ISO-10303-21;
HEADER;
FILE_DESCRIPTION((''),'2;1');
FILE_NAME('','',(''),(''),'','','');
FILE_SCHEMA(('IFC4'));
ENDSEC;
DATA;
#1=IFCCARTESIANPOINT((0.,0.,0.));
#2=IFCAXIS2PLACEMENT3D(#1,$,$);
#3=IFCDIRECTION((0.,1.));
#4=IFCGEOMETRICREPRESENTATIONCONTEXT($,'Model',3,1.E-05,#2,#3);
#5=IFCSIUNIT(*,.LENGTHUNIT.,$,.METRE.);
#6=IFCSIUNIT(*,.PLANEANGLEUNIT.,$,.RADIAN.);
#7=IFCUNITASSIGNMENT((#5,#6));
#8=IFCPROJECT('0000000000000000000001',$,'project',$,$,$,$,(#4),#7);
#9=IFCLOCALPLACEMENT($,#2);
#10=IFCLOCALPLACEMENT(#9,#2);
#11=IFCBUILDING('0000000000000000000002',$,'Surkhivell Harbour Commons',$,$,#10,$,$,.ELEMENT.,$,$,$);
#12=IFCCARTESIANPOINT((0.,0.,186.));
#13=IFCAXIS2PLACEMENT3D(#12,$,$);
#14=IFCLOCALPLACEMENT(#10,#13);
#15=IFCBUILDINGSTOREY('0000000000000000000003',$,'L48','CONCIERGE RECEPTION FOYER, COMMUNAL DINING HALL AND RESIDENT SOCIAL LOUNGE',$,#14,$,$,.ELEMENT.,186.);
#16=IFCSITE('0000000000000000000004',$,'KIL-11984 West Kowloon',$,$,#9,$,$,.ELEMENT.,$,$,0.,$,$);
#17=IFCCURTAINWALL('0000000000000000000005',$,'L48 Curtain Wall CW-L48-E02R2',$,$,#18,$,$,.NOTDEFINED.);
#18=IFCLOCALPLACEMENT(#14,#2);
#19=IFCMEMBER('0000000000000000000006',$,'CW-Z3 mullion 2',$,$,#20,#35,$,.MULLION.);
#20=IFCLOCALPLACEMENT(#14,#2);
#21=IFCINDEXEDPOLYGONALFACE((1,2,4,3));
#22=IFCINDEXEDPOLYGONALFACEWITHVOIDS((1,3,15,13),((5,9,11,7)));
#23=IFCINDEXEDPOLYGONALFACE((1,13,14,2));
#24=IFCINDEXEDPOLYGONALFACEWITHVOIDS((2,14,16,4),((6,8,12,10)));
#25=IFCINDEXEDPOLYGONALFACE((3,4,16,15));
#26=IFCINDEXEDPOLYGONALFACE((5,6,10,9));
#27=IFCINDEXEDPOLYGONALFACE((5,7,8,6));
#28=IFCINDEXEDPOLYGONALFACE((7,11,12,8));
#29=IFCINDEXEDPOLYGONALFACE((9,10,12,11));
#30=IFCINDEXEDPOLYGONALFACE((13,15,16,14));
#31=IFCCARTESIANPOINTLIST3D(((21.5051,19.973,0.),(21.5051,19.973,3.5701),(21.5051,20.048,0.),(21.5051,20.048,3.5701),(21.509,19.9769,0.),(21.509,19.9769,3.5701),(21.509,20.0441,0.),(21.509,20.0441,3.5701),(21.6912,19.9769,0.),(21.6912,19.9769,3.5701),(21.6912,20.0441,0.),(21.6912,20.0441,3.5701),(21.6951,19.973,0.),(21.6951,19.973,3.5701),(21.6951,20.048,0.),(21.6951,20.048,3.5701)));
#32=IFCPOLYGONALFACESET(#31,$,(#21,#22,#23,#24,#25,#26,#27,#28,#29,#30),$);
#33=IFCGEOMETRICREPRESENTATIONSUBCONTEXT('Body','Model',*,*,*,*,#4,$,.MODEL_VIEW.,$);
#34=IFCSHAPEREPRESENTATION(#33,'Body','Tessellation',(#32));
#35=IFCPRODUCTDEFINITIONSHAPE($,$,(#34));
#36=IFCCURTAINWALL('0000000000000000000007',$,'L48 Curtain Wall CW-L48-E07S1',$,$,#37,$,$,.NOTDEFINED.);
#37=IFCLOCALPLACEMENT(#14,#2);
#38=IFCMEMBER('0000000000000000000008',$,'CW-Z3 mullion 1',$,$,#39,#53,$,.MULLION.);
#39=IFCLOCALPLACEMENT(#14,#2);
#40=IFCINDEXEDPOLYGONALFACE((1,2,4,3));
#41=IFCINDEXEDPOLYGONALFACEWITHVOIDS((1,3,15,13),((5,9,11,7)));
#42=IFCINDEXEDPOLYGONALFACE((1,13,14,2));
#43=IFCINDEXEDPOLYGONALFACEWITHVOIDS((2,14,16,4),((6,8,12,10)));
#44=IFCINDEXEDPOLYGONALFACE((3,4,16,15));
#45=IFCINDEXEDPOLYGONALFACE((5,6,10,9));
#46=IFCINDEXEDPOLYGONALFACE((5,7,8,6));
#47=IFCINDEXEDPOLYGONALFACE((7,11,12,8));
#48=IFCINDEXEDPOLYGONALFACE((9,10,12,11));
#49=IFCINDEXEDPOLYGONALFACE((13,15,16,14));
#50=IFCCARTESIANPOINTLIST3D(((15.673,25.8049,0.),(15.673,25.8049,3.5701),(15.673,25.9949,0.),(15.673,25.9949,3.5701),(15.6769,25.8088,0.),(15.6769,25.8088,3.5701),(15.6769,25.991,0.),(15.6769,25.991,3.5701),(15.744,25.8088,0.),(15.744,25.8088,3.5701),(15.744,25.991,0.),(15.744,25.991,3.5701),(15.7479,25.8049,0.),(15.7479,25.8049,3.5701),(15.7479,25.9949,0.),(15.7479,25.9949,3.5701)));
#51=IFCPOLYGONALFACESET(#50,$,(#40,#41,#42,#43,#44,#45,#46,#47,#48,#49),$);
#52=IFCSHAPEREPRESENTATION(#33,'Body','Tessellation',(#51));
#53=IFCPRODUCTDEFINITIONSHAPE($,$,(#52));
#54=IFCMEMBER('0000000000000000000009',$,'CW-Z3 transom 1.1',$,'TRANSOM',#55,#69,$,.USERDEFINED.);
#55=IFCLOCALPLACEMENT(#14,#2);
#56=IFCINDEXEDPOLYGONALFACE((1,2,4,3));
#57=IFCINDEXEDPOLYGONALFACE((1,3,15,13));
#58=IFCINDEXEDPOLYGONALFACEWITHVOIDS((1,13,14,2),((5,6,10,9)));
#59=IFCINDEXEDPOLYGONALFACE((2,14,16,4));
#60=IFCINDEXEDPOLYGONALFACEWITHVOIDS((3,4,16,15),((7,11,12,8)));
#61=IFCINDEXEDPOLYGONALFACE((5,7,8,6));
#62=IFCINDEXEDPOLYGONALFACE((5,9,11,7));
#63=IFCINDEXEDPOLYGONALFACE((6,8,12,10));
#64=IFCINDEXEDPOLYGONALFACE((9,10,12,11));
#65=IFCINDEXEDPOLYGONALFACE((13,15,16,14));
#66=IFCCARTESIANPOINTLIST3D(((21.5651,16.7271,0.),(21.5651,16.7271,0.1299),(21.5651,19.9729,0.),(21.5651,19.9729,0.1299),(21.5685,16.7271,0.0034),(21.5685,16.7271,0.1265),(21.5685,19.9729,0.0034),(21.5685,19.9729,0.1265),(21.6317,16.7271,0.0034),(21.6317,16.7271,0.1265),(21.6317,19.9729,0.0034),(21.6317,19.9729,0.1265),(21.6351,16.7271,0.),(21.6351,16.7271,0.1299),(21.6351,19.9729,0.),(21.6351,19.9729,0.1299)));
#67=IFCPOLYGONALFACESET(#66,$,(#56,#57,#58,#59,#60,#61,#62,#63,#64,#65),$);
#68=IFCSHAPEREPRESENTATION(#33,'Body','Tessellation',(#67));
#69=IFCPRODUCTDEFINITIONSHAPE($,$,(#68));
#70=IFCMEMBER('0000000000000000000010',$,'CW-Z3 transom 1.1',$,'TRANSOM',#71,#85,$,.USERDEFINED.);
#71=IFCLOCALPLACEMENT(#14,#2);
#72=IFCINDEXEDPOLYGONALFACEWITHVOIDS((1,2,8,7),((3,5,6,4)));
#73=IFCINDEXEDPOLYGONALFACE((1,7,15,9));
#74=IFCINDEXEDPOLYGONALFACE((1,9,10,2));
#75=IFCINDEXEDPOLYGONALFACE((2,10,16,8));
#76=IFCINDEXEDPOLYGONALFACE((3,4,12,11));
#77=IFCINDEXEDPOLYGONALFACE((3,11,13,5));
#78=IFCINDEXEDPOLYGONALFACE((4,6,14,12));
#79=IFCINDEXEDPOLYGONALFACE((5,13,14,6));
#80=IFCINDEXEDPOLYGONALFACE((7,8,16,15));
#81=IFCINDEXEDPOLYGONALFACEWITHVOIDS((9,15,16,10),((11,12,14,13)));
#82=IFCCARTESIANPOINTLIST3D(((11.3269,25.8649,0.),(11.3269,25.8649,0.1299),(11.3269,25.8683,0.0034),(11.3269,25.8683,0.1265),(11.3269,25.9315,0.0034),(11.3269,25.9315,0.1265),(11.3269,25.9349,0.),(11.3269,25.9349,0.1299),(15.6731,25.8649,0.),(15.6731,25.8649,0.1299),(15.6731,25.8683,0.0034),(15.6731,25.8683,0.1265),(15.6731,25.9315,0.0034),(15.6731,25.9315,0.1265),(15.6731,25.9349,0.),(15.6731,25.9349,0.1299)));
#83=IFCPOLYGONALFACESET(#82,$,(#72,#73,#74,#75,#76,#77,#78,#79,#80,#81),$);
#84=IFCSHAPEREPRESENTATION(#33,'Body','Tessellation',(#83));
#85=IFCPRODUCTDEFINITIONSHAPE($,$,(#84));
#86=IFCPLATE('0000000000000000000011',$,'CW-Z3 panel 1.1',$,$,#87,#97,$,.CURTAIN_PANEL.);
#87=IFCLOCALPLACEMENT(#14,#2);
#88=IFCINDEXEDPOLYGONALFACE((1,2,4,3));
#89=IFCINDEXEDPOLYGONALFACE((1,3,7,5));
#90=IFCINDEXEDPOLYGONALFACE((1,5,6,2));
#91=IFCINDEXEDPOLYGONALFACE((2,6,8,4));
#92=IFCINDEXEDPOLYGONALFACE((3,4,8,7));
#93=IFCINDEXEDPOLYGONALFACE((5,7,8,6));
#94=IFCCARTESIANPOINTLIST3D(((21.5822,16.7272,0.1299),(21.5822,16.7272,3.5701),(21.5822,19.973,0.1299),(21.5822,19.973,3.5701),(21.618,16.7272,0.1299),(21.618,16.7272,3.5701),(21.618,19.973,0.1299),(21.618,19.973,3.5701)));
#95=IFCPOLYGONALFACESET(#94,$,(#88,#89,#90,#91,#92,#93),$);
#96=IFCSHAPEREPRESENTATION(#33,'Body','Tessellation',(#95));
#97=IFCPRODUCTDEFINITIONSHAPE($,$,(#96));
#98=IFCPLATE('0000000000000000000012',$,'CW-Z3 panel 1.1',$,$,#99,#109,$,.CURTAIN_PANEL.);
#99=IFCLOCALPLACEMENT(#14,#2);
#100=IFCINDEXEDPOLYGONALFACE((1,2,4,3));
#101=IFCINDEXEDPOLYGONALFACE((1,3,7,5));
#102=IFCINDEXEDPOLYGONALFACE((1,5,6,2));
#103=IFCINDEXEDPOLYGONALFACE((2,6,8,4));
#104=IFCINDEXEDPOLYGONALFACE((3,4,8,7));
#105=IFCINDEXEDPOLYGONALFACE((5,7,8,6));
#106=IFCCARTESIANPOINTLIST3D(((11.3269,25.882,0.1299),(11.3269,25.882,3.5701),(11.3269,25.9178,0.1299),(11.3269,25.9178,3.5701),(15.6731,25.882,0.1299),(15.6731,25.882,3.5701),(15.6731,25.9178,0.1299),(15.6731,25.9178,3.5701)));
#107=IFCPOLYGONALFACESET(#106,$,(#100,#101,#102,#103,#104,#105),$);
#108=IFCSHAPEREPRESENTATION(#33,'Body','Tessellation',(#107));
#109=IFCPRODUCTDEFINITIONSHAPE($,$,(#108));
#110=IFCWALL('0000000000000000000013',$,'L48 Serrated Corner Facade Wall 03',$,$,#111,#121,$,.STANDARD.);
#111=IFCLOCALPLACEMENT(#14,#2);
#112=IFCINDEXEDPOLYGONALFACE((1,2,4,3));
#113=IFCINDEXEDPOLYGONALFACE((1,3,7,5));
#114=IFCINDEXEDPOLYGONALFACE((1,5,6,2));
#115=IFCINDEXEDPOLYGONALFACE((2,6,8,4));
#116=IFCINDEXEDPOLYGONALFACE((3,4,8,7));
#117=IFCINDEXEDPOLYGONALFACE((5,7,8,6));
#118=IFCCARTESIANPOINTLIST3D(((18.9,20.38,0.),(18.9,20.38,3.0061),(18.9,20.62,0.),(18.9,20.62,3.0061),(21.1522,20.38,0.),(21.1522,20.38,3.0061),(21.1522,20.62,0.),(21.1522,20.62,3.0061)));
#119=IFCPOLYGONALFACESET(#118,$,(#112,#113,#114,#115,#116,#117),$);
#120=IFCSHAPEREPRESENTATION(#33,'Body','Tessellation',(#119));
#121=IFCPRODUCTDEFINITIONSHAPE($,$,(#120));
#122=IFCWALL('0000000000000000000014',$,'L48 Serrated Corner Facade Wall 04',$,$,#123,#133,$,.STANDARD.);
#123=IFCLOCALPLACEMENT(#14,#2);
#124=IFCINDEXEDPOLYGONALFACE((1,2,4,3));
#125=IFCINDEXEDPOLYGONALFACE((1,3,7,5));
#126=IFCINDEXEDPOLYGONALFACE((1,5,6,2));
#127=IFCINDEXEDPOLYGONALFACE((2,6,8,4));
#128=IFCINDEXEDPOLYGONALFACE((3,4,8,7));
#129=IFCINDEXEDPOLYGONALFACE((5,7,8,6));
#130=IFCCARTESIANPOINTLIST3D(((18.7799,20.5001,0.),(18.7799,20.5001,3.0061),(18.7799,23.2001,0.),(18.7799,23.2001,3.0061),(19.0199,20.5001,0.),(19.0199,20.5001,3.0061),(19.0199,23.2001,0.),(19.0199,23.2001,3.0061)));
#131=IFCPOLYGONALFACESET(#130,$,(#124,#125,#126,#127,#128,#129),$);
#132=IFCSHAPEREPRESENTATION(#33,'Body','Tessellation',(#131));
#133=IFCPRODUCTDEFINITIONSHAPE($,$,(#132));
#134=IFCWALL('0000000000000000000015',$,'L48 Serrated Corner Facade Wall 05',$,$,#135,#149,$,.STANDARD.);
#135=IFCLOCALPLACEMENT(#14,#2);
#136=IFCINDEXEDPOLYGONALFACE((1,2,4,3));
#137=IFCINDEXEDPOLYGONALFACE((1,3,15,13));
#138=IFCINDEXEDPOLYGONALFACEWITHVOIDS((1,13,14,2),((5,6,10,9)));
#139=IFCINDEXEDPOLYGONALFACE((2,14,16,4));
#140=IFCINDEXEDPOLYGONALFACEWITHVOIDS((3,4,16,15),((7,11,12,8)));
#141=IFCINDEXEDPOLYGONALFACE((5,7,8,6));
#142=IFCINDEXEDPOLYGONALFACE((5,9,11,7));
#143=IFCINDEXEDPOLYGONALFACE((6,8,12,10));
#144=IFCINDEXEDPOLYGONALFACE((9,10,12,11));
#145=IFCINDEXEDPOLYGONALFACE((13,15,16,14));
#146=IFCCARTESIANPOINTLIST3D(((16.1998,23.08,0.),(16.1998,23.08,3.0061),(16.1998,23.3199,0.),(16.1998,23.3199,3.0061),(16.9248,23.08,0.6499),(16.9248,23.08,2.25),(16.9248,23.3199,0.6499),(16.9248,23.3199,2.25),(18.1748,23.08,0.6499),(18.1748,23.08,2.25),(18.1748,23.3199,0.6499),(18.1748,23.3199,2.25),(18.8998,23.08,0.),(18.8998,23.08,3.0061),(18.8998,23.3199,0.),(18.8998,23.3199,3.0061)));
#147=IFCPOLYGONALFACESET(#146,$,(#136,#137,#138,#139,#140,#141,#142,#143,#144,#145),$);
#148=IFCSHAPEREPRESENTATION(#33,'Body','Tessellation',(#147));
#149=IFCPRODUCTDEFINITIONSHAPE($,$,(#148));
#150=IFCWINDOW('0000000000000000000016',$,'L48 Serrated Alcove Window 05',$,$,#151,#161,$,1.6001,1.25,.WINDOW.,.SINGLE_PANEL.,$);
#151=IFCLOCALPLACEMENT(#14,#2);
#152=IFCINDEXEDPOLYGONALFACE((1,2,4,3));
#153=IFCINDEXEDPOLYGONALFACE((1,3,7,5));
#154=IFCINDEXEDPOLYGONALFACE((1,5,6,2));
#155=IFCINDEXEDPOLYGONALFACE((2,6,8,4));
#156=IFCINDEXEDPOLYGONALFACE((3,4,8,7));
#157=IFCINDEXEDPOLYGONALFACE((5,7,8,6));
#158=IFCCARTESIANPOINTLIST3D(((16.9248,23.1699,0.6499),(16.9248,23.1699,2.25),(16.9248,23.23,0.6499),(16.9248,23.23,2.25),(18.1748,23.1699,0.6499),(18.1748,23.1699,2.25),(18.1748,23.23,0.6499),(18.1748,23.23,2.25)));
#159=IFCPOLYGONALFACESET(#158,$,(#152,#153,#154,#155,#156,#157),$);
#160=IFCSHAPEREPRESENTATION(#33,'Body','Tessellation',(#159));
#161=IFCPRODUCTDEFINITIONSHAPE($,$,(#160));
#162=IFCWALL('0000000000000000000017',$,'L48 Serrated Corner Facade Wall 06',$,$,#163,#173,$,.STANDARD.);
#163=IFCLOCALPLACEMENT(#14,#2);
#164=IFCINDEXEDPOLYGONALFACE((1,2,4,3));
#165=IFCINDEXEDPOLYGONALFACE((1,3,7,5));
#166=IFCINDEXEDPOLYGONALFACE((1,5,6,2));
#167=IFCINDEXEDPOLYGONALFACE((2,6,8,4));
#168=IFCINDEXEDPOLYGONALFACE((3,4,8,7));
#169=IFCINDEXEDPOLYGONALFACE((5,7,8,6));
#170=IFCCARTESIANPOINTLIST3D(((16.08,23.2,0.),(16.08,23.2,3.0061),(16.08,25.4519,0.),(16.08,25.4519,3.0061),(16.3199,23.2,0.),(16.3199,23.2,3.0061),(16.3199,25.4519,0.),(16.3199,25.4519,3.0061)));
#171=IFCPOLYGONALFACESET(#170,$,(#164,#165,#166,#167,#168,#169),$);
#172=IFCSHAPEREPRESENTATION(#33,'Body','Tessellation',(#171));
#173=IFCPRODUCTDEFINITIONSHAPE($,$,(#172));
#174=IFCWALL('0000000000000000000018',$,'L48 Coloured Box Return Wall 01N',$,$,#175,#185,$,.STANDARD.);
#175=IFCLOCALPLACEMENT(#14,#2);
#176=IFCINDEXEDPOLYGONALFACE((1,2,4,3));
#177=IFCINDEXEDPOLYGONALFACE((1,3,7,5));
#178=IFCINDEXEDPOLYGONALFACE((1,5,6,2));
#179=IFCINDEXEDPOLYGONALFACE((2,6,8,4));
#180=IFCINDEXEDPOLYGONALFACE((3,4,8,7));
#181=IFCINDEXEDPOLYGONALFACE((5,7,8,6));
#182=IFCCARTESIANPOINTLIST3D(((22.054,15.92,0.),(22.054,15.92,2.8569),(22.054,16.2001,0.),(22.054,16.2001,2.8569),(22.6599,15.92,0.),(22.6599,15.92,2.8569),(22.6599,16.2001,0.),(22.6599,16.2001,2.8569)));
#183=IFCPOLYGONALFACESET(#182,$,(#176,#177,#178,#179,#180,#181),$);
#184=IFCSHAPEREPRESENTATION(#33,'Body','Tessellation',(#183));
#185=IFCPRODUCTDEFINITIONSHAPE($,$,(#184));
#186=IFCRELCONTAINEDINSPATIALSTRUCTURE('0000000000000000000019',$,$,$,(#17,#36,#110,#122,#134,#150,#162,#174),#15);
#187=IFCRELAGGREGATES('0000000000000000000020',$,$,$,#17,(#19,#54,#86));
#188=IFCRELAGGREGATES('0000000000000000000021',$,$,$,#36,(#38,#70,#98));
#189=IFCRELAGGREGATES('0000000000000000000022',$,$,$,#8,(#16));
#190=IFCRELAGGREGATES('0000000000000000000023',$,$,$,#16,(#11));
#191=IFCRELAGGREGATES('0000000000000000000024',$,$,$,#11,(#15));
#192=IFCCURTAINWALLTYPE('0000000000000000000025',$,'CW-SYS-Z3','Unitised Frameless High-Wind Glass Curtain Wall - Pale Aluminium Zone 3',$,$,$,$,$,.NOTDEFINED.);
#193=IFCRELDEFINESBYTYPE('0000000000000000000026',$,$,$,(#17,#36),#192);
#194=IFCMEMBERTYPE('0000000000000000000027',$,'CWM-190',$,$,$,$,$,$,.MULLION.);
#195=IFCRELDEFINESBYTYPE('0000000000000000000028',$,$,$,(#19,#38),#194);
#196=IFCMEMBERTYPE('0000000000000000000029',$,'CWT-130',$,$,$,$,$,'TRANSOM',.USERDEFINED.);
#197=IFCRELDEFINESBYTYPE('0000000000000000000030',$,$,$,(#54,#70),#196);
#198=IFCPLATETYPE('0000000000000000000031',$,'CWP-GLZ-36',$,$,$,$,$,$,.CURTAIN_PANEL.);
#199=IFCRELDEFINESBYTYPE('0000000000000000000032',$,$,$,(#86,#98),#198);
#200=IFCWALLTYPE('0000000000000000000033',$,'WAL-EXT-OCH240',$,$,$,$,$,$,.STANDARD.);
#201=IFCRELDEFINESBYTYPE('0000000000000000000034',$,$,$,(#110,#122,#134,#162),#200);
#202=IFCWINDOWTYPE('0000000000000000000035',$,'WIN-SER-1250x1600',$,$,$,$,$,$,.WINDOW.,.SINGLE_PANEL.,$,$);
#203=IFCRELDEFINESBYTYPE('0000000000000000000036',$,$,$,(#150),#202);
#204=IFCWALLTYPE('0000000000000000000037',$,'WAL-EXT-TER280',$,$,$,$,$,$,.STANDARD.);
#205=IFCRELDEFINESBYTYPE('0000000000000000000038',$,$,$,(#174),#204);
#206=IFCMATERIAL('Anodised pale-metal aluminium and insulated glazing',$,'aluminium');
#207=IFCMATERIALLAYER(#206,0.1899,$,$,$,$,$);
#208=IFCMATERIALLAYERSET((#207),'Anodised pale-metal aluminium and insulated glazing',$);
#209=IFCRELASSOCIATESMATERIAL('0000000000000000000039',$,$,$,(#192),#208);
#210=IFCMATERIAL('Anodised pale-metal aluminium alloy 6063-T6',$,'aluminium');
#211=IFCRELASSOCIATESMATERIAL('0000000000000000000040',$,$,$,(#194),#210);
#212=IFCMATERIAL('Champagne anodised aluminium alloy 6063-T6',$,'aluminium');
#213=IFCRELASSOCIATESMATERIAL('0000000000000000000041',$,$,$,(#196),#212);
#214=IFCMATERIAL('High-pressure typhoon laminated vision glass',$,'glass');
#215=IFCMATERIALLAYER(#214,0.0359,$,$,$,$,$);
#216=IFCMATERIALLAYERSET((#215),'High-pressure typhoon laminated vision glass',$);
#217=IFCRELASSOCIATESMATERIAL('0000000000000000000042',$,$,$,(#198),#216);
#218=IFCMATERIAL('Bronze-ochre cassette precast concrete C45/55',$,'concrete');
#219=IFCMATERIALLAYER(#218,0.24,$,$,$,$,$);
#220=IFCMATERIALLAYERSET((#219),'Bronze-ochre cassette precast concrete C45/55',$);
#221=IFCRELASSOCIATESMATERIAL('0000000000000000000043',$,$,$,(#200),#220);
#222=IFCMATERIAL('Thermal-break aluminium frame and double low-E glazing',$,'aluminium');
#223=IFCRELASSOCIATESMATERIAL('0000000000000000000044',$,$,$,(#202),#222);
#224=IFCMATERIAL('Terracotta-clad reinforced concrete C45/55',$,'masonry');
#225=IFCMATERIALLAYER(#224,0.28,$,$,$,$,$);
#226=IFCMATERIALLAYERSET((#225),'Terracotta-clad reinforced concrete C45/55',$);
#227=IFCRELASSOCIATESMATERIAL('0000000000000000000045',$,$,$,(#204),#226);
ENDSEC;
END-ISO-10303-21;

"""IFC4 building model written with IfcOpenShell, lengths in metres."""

from ifc_helpers import new_model, si_unit, direction, frame, frame_2d, origin, origin_2d, place, context, subcontext, project, spatial, rectangle, hollow_rectangle, extrude, material, layer, layer_set, material_profile, profile_set, type_object, element, fill, aggregate, save


model = new_model("IFC4")

# Units and contexts
model_context = context("Model", 3, precision=1e-05, world=origin(), true_north=direction((0.0, 1.0)))
body_context = subcontext(model_context, "Body", "Model", "MODEL_VIEW")
ifc_project = project(units=[si_unit("LENGTHUNIT", "METRE"), si_unit("PLANEANGLEUNIT", "RADIAN")], contexts=[model_context])

# Site, building, storey
site_placement = place(None, origin())
site = spatial("IfcSite", under=ifc_project, at=site_placement, Name="KIL-11984 West Kowloon", CompositionType="ELEMENT", RefElevation=0.0)
building_placement = place(site_placement, origin())
building = spatial("IfcBuilding", under=site, at=building_placement, Name="Surkhivell Harbour Commons", CompositionType="ELEMENT")
storey_placement = place(building_placement, frame((0.0, 0.0, 186.0)))
storey = spatial("IfcBuildingStorey", under=building, at=storey_placement, Name="L48", Description="CONCIERGE RECEPTION FOYER, COMMUNAL DINING HALL AND RESIDENT SOCIAL LOUNGE", CompositionType="ELEMENT", Elevation=186.0)

# Curtain wall, member
ifc_material_1 = material(Name="Anodised pale-metal aluminium and insulated glazing", Category="aluminium")
ifc_layer_1 = layer(ifc_material_1, 0.1899)
ifc_layer_set_1 = layer_set([ifc_layer_1], Name="Anodised pale-metal aluminium and insulated glazing")
curtain_wall_type = type_object("IfcCurtainWallType", Name="CW-SYS-Z3", Description="Unitised Frameless High-Wind Glass Curtain Wall - Pale Aluminium Zone 3", PredefinedType="NOTDEFINED", material=ifc_layer_set_1)
curtain_wall_1_placement = place(storey_placement, origin())
curtain_wall_1 = element("IfcCurtainWall", 1, at=curtain_wall_1_placement, inside=storey, type_object=curtain_wall_type, Name="L48 Curtain Wall CW-L48-E02R2", PredefinedType="NOTDEFINED")
ifc_material_2 = material(Name="Anodised pale-metal aluminium alloy 6063-T6", Category="aluminium")
ifc_material_profile_1 = material_profile(ifc_material_2, hollow_rectangle(XDim=0.075, YDim=0.1899, WallThickness=0.0039, at=origin_2d()), Name="ALU-MULL-75x190")
ifc_profile_set_1 = profile_set([ifc_material_profile_1], Name="Anodised pale-metal aluminium alloy 6063-T6")
member_type_1 = type_object("IfcMemberType", Name="CWM-190", PredefinedType="MULLION", material=ifc_profile_set_1)
member_1_placement = place(storey_placement, frame((21.6001, 20.0105, 0.0), z_axis=(0.0, 0.0, 1.0), x_axis=(0.0, 1.0, 0.0)))
member_1 = element("IfcMember", 2, at=member_1_placement, type_object=member_type_1, Name="CW-Z3 mullion 2", PredefinedType="MULLION", context=body_context, shape_type="SweptSolid", body=[
    extrude(hollow_rectangle(XDim=0.075, YDim=0.1899, WallThickness=0.0039, at=origin_2d()), origin(), (0.0, 0.0, 1.0), 3.5701),
])

# Curtain wall, member
curtain_wall_2_placement = place(storey_placement, origin())
curtain_wall_2 = element("IfcCurtainWall", 3, at=curtain_wall_2_placement, inside=storey, type_object=curtain_wall_type, Name="L48 Curtain Wall CW-L48-E07S1", PredefinedType="NOTDEFINED")
member_2_placement = place(storey_placement, frame((15.7104, 25.8999, 0.0), z_axis=(0.0, 0.0, 1.0), x_axis=(-1.0, 0.0, 0.0)))
member_2 = element("IfcMember", 4, at=member_2_placement, type_object=member_type_1, Name="CW-Z3 mullion 1", PredefinedType="MULLION", context=body_context, shape_type="SweptSolid", body=[
    extrude(hollow_rectangle(XDim=0.075, YDim=0.1899, WallThickness=0.0039, at=origin_2d()), origin(), (0.0, 0.0, 1.0), 3.5701),
])

# Members
ifc_material_3 = material(Name="Champagne anodised aluminium alloy 6063-T6", Category="aluminium")
ifc_material_profile_2 = material_profile(ifc_material_3, hollow_rectangle(XDim=0.0701, YDim=0.1299, WallThickness=0.0034, at=origin_2d()), Name="ALU-TRAN-70x130")
ifc_profile_set_2 = profile_set([ifc_material_profile_2], Name="Champagne anodised aluminium alloy 6063-T6")
member_type_2 = type_object("IfcMemberType", Name="CWT-130", ElementType="TRANSOM", PredefinedType="USERDEFINED", material=ifc_profile_set_2)
member_3_placement = place(storey_placement, frame((21.6001, 16.7271, 0.0649), z_axis=(0.0, 1.0, 0.0), x_axis=(-1.0, 0.0, 0.0)))
member_3 = element("IfcMember", 5, at=member_3_placement, type_object=member_type_2, Name="CW-Z3 transom 1.1", ObjectType="TRANSOM", PredefinedType="USERDEFINED", context=body_context, shape_type="SweptSolid", body=[
    extrude(hollow_rectangle(XDim=0.0701, YDim=0.1299, WallThickness=0.0034, at=origin_2d()), origin(), (0.0, 0.0, 1.0), 3.2458),
])
member_4_placement = place(storey_placement, frame((15.6731, 25.8999, 0.0649), z_axis=(-1.0, 0.0, 0.0), x_axis=(0.0, -1.0, 0.0)))
member_4 = element("IfcMember", 6, at=member_4_placement, type_object=member_type_2, Name="CW-Z3 transom 1.1", ObjectType="TRANSOM", PredefinedType="USERDEFINED", context=body_context, shape_type="SweptSolid", body=[
    extrude(hollow_rectangle(XDim=0.0701, YDim=0.1299, WallThickness=0.0034, at=origin_2d()), origin(), (0.0, 0.0, 1.0), 4.3462),
])

# Plates
ifc_material_4 = material(Name="High-pressure typhoon laminated vision glass", Category="glass")
ifc_layer_2 = layer(ifc_material_4, 0.0359)
ifc_layer_set_2 = layer_set([ifc_layer_2], Name="High-pressure typhoon laminated vision glass")
plate_type = type_object("IfcPlateType", Name="CWP-GLZ-36", PredefinedType="CURTAIN_PANEL", material=ifc_layer_set_2)
plate_1_placement = place(storey_placement, frame((21.6001, 16.7271, 0.1299), z_axis=(0.0, 0.0, 1.0), x_axis=(0.0, 1.0, 0.0)))
plate_1 = element("IfcPlate", 7, at=plate_1_placement, type_object=plate_type, Name="CW-Z3 panel 1.1", PredefinedType="CURTAIN_PANEL", context=body_context, shape_type="SweptSolid", body=[
    extrude(rectangle(XDim=3.2458, YDim=0.0359, at=frame_2d((1.623, 0.0))), origin(), (0.0, 0.0, 1.0), 3.4402),
])
aggregate(curtain_wall_1, [member_1, member_3, plate_1])
plate_2_placement = place(storey_placement, frame((15.6731, 25.8999, 0.1299), z_axis=(0.0, 0.0, 1.0), x_axis=(-1.0, 0.0, 0.0)))
plate_2 = element("IfcPlate", 8, at=plate_2_placement, type_object=plate_type, Name="CW-Z3 panel 1.1", PredefinedType="CURTAIN_PANEL", context=body_context, shape_type="SweptSolid", body=[
    extrude(rectangle(XDim=4.3462, YDim=0.0359, at=frame_2d((2.1731, 0.0))), origin(), (0.0, 0.0, 1.0), 3.4402),
])
aggregate(curtain_wall_2, [member_2, member_4, plate_2])

# Walls
ifc_material_5 = material(Name="Bronze-ochre cassette precast concrete C45/55", Category="concrete")
ifc_layer_3 = layer(ifc_material_5, 0.24)
ifc_layer_set_3 = layer_set([ifc_layer_3], Name="Bronze-ochre cassette precast concrete C45/55")
wall_type_1 = type_object("IfcWallType", Name="WAL-EXT-OCH240", PredefinedType="STANDARD", material=ifc_layer_set_3)
wall_1_placement = place(storey_placement, frame((21.1521, 20.5, 0.0), z_axis=(0.0, 0.0, 1.0), x_axis=(-1.0, 0.0, 0.0)))
element("IfcWall", 9, at=wall_1_placement, inside=storey, type_object=wall_type_1, Name="L48 Serrated Corner Facade Wall 03", PredefinedType="STANDARD", context=body_context, shape_type="SweptSolid", body=[
    extrude(rectangle(XDim=2.2522, YDim=0.24, at=frame_2d((1.126, 0.0))), origin(), (0.0, 0.0, 1.0), 3.0061),
])
wall_2_placement = place(storey_placement, frame((18.8999, 20.5, 0.0), z_axis=(0.0, 0.0, 1.0), x_axis=(0.0, 1.0, 0.0)))
element("IfcWall", 10, at=wall_2_placement, inside=storey, type_object=wall_type_1, Name="L48 Serrated Corner Facade Wall 04", PredefinedType="STANDARD", context=body_context, shape_type="SweptSolid", body=[
    extrude(rectangle(XDim=2.7, YDim=0.24, at=frame_2d((1.3501, 0.0))), origin(), (0.0, 0.0, 1.0), 3.0061),
])

# Wall, opening, window
wall_3_placement = place(storey_placement, frame((18.8999, 23.2, 0.0), z_axis=(0.0, 0.0, 1.0), x_axis=(-1.0, 0.0, 0.0)))
wall_3 = element("IfcWall", 11, at=wall_3_placement, inside=storey, type_object=wall_type_1, Name="L48 Serrated Corner Facade Wall 05", PredefinedType="STANDARD", context=body_context, shape_type="SweptSolid", body=[
    extrude(rectangle(XDim=2.7, YDim=0.24, at=frame_2d((1.3501, 0.0))), origin(), (0.0, 0.0, 1.0), 3.0061),
])
opening_placement = place(wall_3_placement, frame((0.7251, 0.0, 0.6499)))
opening = element("IfcOpeningElement", 12, at=opening_placement, cuts=wall_3, PredefinedType="OPENING", context=body_context, shape_type="SweptSolid", body=[
    extrude(rectangle(XDim=1.25, YDim=1.6001, at=frame_2d((0.625, 0.8))), frame((0.0, 0.1299, 0.0), z_axis=(0.0, -1.0, 0.0), x_axis=(1.0, 0.0, 0.0)), (0.0, 0.0, 1.0), 0.26),
])
ifc_material_6 = material(Name="Thermal-break aluminium frame and double low-E glazing", Category="aluminium")
window_type = type_object("IfcWindowType", Name="WIN-SER-1250x1600", PartitioningType="SINGLE_PANEL", PredefinedType="WINDOW", material=ifc_material_6)
window_placement = place(opening_placement, origin())
window = element("IfcWindow", 13, at=window_placement, inside=storey, type_object=window_type, Name="L48 Serrated Alcove Window 05", OverallHeight=1.6001, OverallWidth=1.25, PartitioningType="SINGLE_PANEL", PredefinedType="WINDOW", context=body_context, shape_type="SweptSolid", body=[
    extrude(rectangle(XDim=1.25, YDim=1.6001, at=frame_2d((0.625, 0.8))), frame((0.0, 0.03, 0.0), z_axis=(0.0, -1.0, 0.0), x_axis=(1.0, 0.0, 0.0)), (0.0, 0.0, 1.0), 0.0601),
])
fill(opening, window)

# Walls
wall_4_placement = place(storey_placement, frame((16.2, 23.2, 0.0), z_axis=(0.0, 0.0, 1.0), x_axis=(0.0, 1.0, 0.0)))
element("IfcWall", 14, at=wall_4_placement, inside=storey, type_object=wall_type_1, Name="L48 Serrated Corner Facade Wall 06", PredefinedType="STANDARD", context=body_context, shape_type="SweptSolid", body=[
    extrude(rectangle(XDim=2.252, YDim=0.24, at=frame_2d((1.126, 0.0))), origin(), (0.0, 0.0, 1.0), 3.0061),
])
ifc_material_7 = material(Name="Terracotta-clad reinforced concrete C45/55", Category="masonry")
ifc_layer_4 = layer(ifc_material_7, 0.28)
ifc_layer_set_4 = layer_set([ifc_layer_4], Name="Terracotta-clad reinforced concrete C45/55")
wall_type_2 = type_object("IfcWallType", Name="WAL-EXT-TER280", PredefinedType="STANDARD", material=ifc_layer_set_4)
wall_5_placement = place(storey_placement, frame((22.054, 16.0601, 0.0), z_axis=(0.0, 0.0, 1.0), x_axis=(1.0, 0.0, 0.0)))
element("IfcWall", 15, at=wall_5_placement, inside=storey, type_object=wall_type_2, Name="L48 Coloured Box Return Wall 01N", PredefinedType="STANDARD", context=body_context, shape_type="SweptSolid", body=[
    extrude(rectangle(XDim=0.606, YDim=0.28, at=frame_2d((0.303, 0.0))), origin(), (0.0, 0.0, 1.0), 2.8569),
])

save(model, "model.ifc")
